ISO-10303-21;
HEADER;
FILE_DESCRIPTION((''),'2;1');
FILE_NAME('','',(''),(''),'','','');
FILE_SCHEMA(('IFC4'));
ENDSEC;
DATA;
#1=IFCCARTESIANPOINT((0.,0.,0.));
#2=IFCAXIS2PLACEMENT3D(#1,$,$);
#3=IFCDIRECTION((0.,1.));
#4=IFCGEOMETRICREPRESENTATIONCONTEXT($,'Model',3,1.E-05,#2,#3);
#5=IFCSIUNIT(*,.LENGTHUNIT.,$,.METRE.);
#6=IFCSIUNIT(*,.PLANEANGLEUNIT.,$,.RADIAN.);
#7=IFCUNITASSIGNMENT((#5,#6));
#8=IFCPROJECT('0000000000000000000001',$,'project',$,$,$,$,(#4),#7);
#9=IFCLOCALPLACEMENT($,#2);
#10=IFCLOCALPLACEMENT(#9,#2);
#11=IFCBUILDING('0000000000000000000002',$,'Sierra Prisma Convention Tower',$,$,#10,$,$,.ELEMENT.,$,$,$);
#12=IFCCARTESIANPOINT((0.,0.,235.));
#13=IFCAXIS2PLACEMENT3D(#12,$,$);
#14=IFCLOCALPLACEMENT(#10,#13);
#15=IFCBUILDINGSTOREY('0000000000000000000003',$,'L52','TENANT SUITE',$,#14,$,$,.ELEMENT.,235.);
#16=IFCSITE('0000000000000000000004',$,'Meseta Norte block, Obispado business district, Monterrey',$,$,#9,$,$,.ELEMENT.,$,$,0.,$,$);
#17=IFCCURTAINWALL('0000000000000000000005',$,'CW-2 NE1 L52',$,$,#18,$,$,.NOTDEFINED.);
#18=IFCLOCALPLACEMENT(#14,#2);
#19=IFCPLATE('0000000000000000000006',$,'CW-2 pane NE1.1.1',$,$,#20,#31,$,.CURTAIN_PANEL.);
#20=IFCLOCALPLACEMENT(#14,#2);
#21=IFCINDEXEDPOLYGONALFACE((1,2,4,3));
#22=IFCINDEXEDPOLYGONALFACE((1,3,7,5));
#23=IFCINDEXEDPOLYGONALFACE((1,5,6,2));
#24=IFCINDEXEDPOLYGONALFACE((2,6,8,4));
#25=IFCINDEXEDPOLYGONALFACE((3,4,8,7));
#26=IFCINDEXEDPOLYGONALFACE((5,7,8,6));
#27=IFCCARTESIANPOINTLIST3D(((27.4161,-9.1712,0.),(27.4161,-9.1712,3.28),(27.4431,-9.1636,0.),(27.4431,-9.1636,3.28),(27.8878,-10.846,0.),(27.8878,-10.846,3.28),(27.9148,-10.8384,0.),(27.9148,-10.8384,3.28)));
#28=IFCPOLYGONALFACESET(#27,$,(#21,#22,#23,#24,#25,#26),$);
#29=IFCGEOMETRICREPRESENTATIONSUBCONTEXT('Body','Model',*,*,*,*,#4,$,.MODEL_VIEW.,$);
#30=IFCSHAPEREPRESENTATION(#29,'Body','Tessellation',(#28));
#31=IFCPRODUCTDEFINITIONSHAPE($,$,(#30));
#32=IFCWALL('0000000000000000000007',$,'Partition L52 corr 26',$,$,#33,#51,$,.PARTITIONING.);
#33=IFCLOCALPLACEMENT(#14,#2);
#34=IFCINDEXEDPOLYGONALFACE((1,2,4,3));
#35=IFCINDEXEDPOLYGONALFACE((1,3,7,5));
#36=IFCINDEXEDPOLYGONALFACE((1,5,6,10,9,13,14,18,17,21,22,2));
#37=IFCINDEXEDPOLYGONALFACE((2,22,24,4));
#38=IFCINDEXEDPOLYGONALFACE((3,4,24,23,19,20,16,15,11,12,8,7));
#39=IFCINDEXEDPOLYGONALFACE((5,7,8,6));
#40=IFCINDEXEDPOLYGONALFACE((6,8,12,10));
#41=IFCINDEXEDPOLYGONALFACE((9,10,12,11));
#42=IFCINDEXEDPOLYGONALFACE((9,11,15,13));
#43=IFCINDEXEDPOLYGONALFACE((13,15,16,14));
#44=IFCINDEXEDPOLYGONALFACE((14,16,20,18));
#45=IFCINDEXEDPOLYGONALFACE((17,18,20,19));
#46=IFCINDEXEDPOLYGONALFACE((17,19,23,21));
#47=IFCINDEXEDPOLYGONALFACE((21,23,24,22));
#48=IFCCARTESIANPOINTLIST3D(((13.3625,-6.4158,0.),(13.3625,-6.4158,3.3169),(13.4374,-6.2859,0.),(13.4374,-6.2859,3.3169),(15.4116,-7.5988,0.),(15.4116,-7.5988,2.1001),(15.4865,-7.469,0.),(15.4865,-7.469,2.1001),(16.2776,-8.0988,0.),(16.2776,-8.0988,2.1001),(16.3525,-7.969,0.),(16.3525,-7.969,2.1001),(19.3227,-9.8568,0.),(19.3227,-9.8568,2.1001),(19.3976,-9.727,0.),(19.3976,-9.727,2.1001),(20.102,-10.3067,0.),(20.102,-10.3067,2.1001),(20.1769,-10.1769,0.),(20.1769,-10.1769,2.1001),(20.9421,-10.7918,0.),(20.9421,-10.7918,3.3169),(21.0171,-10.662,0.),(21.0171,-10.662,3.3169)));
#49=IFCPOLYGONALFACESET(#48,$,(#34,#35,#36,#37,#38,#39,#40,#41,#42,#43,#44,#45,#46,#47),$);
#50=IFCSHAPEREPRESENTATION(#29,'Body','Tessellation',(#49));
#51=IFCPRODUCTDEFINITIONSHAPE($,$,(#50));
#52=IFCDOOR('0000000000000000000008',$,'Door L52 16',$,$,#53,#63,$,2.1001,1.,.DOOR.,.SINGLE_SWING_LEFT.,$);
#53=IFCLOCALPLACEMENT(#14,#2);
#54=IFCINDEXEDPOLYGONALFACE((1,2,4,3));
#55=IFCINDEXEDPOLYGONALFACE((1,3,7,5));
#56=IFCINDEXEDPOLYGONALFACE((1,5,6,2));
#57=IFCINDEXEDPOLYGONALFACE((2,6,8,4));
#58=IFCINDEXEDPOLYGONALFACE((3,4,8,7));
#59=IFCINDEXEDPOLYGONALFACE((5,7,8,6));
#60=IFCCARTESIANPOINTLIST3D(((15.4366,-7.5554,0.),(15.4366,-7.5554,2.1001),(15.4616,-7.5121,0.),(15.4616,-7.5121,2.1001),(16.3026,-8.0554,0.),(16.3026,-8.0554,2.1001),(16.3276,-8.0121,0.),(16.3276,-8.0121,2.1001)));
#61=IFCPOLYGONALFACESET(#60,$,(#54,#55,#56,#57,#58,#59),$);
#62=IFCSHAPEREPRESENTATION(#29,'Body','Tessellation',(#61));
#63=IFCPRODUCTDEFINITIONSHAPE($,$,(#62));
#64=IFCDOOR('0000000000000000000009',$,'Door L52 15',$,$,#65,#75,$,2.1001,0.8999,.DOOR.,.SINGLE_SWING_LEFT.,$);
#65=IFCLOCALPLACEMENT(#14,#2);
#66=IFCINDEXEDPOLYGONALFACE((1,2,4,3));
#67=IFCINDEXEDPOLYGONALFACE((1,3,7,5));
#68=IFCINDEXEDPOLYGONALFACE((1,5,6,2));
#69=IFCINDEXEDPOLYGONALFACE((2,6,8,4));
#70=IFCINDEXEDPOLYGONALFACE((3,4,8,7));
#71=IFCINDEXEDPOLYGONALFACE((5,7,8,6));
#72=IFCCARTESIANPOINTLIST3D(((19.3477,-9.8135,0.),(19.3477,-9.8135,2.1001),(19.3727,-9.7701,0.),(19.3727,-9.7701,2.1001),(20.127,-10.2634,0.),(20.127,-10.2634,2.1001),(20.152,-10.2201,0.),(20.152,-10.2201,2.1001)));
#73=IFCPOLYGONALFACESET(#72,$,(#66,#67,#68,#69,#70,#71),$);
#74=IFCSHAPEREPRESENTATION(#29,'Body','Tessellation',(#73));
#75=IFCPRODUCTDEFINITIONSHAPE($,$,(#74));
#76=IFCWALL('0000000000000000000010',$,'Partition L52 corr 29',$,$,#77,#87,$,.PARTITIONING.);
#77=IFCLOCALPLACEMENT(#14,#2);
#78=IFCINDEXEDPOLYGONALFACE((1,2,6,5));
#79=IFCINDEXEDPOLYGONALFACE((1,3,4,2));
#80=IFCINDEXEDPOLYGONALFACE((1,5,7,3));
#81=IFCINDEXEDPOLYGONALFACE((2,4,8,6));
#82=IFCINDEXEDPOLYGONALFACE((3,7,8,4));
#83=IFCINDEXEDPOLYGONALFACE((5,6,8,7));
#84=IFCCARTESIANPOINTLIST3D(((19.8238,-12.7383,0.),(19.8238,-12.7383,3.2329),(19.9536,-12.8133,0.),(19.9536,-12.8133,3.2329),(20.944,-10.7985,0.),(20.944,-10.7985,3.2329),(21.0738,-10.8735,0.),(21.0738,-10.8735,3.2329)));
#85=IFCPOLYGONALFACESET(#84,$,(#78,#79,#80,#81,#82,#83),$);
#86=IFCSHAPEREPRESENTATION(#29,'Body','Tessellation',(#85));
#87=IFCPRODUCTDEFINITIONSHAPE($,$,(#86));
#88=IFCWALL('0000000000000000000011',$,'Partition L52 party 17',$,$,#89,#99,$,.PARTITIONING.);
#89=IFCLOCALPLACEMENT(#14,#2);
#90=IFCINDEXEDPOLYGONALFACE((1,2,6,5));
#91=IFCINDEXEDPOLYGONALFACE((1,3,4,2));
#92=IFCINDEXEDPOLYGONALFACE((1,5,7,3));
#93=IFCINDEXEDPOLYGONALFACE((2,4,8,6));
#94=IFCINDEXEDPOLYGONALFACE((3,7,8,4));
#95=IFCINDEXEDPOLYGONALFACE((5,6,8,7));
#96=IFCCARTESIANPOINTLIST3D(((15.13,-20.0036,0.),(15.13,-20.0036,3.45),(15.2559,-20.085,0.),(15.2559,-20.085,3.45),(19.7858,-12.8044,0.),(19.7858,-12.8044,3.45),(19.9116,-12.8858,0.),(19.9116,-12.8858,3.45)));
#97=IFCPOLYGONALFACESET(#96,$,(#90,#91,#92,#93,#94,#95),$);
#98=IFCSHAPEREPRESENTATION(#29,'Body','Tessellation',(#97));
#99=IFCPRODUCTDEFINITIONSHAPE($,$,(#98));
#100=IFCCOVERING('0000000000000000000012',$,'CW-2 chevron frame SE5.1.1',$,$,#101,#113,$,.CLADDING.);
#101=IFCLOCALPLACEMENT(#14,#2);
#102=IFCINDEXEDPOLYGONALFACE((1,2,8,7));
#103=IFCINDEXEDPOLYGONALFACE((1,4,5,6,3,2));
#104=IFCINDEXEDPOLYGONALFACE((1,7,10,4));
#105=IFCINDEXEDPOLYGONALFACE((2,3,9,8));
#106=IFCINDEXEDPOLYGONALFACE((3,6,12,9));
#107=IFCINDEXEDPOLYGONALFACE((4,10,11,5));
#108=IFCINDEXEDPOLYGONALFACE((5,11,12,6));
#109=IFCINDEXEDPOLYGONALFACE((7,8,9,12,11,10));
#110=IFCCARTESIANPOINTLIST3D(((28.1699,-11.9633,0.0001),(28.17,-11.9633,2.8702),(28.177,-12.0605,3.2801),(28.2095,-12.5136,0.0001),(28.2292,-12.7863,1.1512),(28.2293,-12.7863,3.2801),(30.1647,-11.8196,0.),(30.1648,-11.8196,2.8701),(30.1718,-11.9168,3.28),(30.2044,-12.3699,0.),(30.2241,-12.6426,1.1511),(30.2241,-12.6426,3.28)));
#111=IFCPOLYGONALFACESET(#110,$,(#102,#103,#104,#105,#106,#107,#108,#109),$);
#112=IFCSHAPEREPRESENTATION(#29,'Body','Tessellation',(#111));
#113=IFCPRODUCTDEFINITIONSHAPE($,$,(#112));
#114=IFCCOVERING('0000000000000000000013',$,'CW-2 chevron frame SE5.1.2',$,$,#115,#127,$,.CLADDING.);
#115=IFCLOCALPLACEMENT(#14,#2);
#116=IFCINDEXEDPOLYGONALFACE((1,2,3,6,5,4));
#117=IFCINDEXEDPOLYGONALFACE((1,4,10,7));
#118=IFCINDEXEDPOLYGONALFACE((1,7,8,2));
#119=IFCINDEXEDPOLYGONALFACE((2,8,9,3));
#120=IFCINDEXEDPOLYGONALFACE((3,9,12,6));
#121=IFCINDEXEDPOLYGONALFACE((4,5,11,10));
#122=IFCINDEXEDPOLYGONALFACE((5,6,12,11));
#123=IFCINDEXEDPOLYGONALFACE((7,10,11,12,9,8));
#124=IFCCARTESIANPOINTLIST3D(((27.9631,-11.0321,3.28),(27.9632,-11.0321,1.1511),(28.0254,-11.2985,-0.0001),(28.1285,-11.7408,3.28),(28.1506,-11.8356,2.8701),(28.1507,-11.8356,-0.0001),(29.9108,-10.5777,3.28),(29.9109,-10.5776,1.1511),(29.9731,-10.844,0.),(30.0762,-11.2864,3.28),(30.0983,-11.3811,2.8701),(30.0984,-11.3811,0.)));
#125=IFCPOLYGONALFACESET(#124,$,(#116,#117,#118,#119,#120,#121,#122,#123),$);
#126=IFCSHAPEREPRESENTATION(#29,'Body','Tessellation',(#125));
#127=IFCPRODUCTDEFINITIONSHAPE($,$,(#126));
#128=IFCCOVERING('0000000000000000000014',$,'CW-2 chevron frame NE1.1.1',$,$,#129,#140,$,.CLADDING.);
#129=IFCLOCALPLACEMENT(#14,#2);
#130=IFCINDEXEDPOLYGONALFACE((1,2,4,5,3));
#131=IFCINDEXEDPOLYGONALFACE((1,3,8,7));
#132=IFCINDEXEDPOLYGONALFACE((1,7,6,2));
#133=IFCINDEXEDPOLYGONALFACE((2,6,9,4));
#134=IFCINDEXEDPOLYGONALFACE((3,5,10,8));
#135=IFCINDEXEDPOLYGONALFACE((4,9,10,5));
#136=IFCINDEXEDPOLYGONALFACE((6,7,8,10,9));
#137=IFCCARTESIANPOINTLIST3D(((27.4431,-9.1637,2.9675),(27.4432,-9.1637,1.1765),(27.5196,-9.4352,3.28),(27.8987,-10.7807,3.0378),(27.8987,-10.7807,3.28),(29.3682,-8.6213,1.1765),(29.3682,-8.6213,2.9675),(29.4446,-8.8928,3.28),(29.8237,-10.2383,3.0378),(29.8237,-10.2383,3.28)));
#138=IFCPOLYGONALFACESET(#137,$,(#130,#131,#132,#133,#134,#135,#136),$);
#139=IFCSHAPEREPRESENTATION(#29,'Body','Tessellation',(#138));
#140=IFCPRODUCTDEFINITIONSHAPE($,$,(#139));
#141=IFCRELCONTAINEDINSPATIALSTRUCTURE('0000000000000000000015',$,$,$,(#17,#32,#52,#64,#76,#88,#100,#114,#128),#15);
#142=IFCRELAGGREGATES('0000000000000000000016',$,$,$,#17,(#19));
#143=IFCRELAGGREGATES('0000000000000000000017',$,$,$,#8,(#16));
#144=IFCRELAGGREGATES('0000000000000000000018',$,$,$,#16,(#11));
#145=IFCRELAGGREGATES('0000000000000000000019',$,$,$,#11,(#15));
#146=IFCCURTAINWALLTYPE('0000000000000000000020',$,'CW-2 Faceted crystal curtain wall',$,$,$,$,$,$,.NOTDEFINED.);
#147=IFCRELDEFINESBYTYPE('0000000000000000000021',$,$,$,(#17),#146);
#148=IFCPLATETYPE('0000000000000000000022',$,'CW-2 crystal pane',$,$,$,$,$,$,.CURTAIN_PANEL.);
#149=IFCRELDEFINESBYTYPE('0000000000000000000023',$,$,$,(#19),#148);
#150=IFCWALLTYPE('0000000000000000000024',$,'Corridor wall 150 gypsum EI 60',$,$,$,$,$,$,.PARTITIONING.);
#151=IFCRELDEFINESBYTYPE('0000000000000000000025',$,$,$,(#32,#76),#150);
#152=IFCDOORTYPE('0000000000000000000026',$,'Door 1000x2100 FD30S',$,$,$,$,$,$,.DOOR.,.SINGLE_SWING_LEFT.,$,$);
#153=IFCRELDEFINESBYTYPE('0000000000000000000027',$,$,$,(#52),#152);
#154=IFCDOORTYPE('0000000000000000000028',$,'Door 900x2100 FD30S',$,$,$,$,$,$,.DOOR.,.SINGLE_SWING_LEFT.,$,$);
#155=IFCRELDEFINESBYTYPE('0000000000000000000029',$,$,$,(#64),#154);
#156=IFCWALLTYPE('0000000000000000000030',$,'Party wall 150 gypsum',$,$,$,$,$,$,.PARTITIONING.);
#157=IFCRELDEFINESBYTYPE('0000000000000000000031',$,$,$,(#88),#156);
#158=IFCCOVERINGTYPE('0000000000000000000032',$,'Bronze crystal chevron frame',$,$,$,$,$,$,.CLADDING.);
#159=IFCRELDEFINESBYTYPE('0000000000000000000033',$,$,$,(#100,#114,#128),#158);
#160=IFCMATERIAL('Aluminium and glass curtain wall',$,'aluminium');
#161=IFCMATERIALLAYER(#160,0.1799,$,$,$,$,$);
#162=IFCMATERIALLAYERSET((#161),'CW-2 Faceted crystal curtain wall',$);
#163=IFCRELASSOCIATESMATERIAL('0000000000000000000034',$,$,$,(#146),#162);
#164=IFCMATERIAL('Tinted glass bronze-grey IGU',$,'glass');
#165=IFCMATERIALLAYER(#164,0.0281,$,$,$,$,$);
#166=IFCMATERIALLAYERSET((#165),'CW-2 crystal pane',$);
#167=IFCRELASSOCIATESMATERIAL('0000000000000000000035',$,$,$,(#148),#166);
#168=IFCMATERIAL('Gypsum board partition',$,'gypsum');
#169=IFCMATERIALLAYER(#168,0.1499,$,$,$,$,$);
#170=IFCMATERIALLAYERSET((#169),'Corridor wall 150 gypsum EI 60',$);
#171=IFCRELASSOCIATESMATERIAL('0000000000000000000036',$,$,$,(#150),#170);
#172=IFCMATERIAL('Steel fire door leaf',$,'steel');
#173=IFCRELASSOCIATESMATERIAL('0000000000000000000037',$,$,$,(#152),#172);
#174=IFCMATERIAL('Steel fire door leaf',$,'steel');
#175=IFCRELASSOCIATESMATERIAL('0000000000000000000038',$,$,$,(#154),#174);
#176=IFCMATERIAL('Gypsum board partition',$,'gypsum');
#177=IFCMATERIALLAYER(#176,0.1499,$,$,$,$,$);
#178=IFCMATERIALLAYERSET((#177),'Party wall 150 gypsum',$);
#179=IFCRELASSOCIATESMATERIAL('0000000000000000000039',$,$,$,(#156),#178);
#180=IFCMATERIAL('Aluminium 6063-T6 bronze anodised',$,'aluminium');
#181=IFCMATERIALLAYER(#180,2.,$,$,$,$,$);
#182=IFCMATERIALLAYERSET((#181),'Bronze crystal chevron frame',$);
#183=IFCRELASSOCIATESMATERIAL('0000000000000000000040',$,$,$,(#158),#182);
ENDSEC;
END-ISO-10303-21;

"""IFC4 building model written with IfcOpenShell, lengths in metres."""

from ifc_helpers import new_model, si_unit, direction, frame, frame_2d, origin, place, context, subcontext, project, spatial, polyline, rectangle, outline, extrude, material, layer, layer_set, type_object, element, fill, aggregate, save


model = new_model("IFC4")

# Units and contexts
model_context = context("Model", 3, precision=1e-05, world=origin(), true_north=direction((0.0, 1.0)))
body_context = subcontext(model_context, "Body", "Model", "MODEL_VIEW")
ifc_project = project(units=[si_unit("LENGTHUNIT", "METRE"), si_unit("PLANEANGLEUNIT", "RADIAN")], contexts=[model_context])

# Site, building, storey
site_placement = place(None, origin())
site = spatial("IfcSite", under=ifc_project, at=site_placement, Name="Meseta Norte block, Obispado business district, Monterrey", CompositionType="ELEMENT", RefElevation=0.0)
building_placement = place(site_placement, origin())
building = spatial("IfcBuilding", under=site, at=building_placement, Name="Sierra Prisma Convention Tower", CompositionType="ELEMENT")
storey_placement = place(building_placement, frame((0.0, 0.0, 235.0)))
storey = spatial("IfcBuildingStorey", under=building, at=storey_placement, Name="L52", Description="TENANT SUITE", CompositionType="ELEMENT", Elevation=235.0)

# Shared definitions
ifc_material_1 = material(Name="Aluminium and glass curtain wall", Category="aluminium")
ifc_layer_1 = layer(ifc_material_1, 0.1799)
ifc_layer_set_1 = layer_set([ifc_layer_1], Name="CW-2 Faceted crystal curtain wall")
curtain_wall_type = type_object("IfcCurtainWallType", Name="CW-2 Faceted crystal curtain wall", PredefinedType="NOTDEFINED", material=ifc_layer_set_1)

# Curtain wall
curtain_wall_1_placement = place(storey_placement, origin())
curtain_wall_1 = element("IfcCurtainWall", 1, at=curtain_wall_1_placement, inside=storey, type_object=curtain_wall_type, Name="CW-2 NE1 L52", PredefinedType="NOTDEFINED")

# Plate
ifc_material_2 = material(Name="Tinted glass bronze-grey IGU", Category="glass")
ifc_layer_2 = layer(ifc_material_2, 0.0281)
ifc_layer_set_2 = layer_set([ifc_layer_2], Name="CW-2 crystal pane")
plate_type = type_object("IfcPlateType", Name="CW-2 crystal pane", PredefinedType="CURTAIN_PANEL", material=ifc_layer_set_2)
plate_1_placement = place(storey_placement, frame((27.9148, -10.8384, 0.0), z_axis=(0.962555, 0.271087, 0.0), x_axis=(-0.271087, 0.962555, 0.0)))
plate_1 = element("IfcPlate", 2, at=plate_1_placement, type_object=plate_type, Name="CW-2 pane NE1.1.1", PredefinedType="CURTAIN_PANEL", context=body_context, shape_type="SweptSolid", body=[
    extrude(outline(polyline([(0.0, 0.0), (1.74, 0.0), (1.74, 3.28), (0.0, 3.28), (0.0, 0.0)])), origin(), (0.0, 0.0, -1.0), 0.0281),
])
aggregate(curtain_wall_1, [plate_1])

# Wall, openings, doors
ifc_material_3 = material(Name="Gypsum board partition", Category="gypsum")
ifc_layer_3 = layer(ifc_material_3, 0.1499)
ifc_layer_set_3 = layer_set([ifc_layer_3], Name="Corridor wall 150 gypsum EI 60")
wall_type_1 = type_object("IfcWallType", Name="Corridor wall 150 gypsum EI 60", PredefinedType="PARTITIONING", material=ifc_layer_set_3)
wall_1_placement = place(storey_placement, frame((20.9795, -10.7268, 0.0), z_axis=(0.0, 0.0, 1.0), x_axis=(-0.86603, 0.499991, 0.0)))
wall_1 = element("IfcWall", 3, at=wall_1_placement, inside=storey, type_object=wall_type_1, Name="Partition L52 corr 26", PredefinedType="PARTITIONING", context=body_context, shape_type="SweptSolid", body=[
    extrude(rectangle(XDim=8.7522, YDim=0.1499, at=frame_2d((4.376, 0.0))), origin(), (0.0, 0.0, 1.0), 3.3169),
])
opening_1_placement = place(wall_1_placement, frame((0.97, 0.0, 0.0)))
opening_1 = element("IfcOpeningElement", 4, at=opening_1_placement, cuts=wall_1, PredefinedType="OPENING", context=body_context, shape_type="SweptSolid", body=[
    extrude(rectangle(XDim=0.8999, YDim=2.1001, at=frame_2d((0.45, 1.05))), frame((0.0, 0.075, 0.0), z_axis=(0.0, -1.0, 0.0), x_axis=(1.0, 0.0, 0.0)), (0.0, 0.0, 1.0), 0.1499),
])
opening_2_placement = place(wall_1_placement, frame((5.386, 0.0, 0.0)))
opening_2 = element("IfcOpeningElement", 5, at=opening_2_placement, cuts=wall_1, PredefinedType="OPENING", context=body_context, shape_type="SweptSolid", body=[
    extrude(rectangle(XDim=1.0, YDim=2.1001, at=frame_2d((0.5, 1.05))), frame((0.0, 0.075, 0.0), z_axis=(0.0, -1.0, 0.0), x_axis=(1.0, 0.0, 0.0)), (0.0, 0.0, 1.0), 0.1499),
])
ifc_material_4 = material(Name="Steel fire door leaf", Category="steel")
door_type_1 = type_object("IfcDoorType", Name="Door 1000x2100 FD30S", OperationType="SINGLE_SWING_LEFT", PredefinedType="DOOR", material=ifc_material_4)
door_1_placement = place(opening_2_placement, origin())
door_1 = element("IfcDoor", 6, at=door_1_placement, inside=storey, type_object=door_type_1, Name="Door L52 16", OperationType="SINGLE_SWING_LEFT", OverallHeight=2.1001, OverallWidth=1.0, PredefinedType="DOOR", context=body_context, shape_type="SweptSolid", body=[
    extrude(rectangle(XDim=1.0, YDim=2.1001, at=frame_2d((0.5, 1.05))), frame((0.0, 0.0249, 0.0), z_axis=(0.0, -1.0, 0.0), x_axis=(1.0, 0.0, 0.0)), (0.0, 0.0, 1.0), 0.05),
])
fill(opening_2, door_1)
ifc_material_5 = material(Name="Steel fire door leaf", Category="steel")
door_type_2 = type_object("IfcDoorType", Name="Door 900x2100 FD30S", OperationType="SINGLE_SWING_LEFT", PredefinedType="DOOR", material=ifc_material_5)
door_2_placement = place(opening_1_placement, origin())
door_2 = element("IfcDoor", 7, at=door_2_placement, inside=storey, type_object=door_type_2, Name="Door L52 15", OperationType="SINGLE_SWING_LEFT", OverallHeight=2.1001, OverallWidth=0.8999, PredefinedType="DOOR", context=body_context, shape_type="SweptSolid", body=[
    extrude(rectangle(XDim=0.8999, YDim=2.1001, at=frame_2d((0.45, 1.05))), frame((0.0, 0.0249, 0.0), z_axis=(0.0, -1.0, 0.0), x_axis=(1.0, 0.0, 0.0)), (0.0, 0.0, 1.0), 0.05),
])
fill(opening_1, door_2)

# Walls
wall_2_placement = place(storey_placement, frame((19.8887, -12.7759, 0.0), z_axis=(0.0, 0.0, 1.0), x_axis=(0.500078, 0.86598, 0.0)))
element("IfcWall", 8, at=wall_2_placement, inside=storey, type_object=wall_type_1, Name="Partition L52 corr 29", PredefinedType="PARTITIONING", context=body_context, shape_type="SweptSolid", body=[
    extrude(rectangle(XDim=2.24, YDim=0.1499, at=frame_2d((1.1201, 0.0))), origin(), (0.0, 0.0, 1.0), 3.2329),
])
ifc_material_6 = material(Name="Gypsum board partition", Category="gypsum")
ifc_layer_4 = layer(ifc_material_6, 0.1499)
ifc_layer_set_4 = layer_set([ifc_layer_4], Name="Party wall 150 gypsum")
wall_type_2 = type_object("IfcWallType", Name="Party wall 150 gypsum", PredefinedType="PARTITIONING", material=ifc_layer_set_4)
wall_3_placement = place(storey_placement, frame((19.8486, -12.8452, 0.0), z_axis=(0.0, 0.0, 1.0), x_axis=(-0.543041, -0.839706, 0.0)))
element("IfcWall", 9, at=wall_3_placement, inside=storey, type_object=wall_type_2, Name="Partition L52 party 17", PredefinedType="PARTITIONING", context=body_context, shape_type="SweptSolid", body=[
    extrude(rectangle(XDim=8.5735, YDim=0.1499, at=frame_2d((4.2866, 0.0))), origin(), (0.0, 0.0, 1.0), 3.45),
])

# Coverings
ifc_material_7 = material(Name="Aluminium 6063-T6 bronze anodised", Category="aluminium")
ifc_layer_5 = layer(ifc_material_7, 2.0)
ifc_layer_set_5 = layer_set([ifc_layer_5], Name="Bronze crystal chevron frame")
covering_type = type_object("IfcCoveringType", Name="Bronze crystal chevron frame", PredefinedType="CLADDING", material=ifc_layer_set_5)
covering_1_placement = place(storey_placement, frame((30.2241, -12.6426, 3.28), z_axis=(0.997414, 0.071866, -0.000031), x_axis=(-0.000031, -0.000002, -1.0)))
element("IfcCovering", 10, at=covering_1_placement, inside=storey, type_object=covering_type, Name="CW-2 chevron frame SE5.1.1", PredefinedType="CLADDING", context=body_context, shape_type="SweptSolid", body=[
    extrude(outline(polyline([(0.0, 0.0), (2.1289, 0.0), (3.28, 0.2734), (3.28, 0.8251), (0.4099, 0.8251), (0.0, 0.7277), (0.0, 0.0)])), origin(), (0.0, 0.0, -1.0), 2.0),
])
covering_2_placement = place(storey_placement, frame((30.0984, -11.3811, 0.0), z_axis=(0.973842, 0.227228, 0.000033), x_axis=(-0.227228, 0.973842, 0.0)))
element("IfcCovering", 11, at=covering_2_placement, inside=storey, type_object=covering_type, Name="CW-2 chevron frame SE5.1.2", PredefinedType="CLADDING", context=body_context, shape_type="SweptSolid", body=[
    extrude(outline(polyline([(0.0, 0.0), (0.5515, 0.0), (0.8251, 1.1511), (0.8251, 3.28), (0.0973, 3.28), (0.0, 2.8701), (0.0, 0.0)])), origin(), (0.0, 0.0, -1.0), 2.0),
])
covering_3_placement = place(storey_placement, frame((29.8237, -10.2383, 3.28), z_axis=(0.962525, 0.271193, 0.000031), x_axis=(0.00003, 0.000008, -1.0)))
element("IfcCovering", 12, at=covering_3_placement, inside=storey, type_object=covering_type, Name="CW-2 chevron frame NE1.1.1", PredefinedType="CLADDING", context=body_context, shape_type="SweptSolid", body=[
    extrude(outline(polyline([(0.0, 0.0), (0.2422, 0.0), (2.1035, 1.6799), (0.3125, 1.6799), (0.0, 1.3979), (0.0, 0.0)])), origin(), (0.0, 0.0, -1.0), 2.0),
])

save(model, "model.ifc")
